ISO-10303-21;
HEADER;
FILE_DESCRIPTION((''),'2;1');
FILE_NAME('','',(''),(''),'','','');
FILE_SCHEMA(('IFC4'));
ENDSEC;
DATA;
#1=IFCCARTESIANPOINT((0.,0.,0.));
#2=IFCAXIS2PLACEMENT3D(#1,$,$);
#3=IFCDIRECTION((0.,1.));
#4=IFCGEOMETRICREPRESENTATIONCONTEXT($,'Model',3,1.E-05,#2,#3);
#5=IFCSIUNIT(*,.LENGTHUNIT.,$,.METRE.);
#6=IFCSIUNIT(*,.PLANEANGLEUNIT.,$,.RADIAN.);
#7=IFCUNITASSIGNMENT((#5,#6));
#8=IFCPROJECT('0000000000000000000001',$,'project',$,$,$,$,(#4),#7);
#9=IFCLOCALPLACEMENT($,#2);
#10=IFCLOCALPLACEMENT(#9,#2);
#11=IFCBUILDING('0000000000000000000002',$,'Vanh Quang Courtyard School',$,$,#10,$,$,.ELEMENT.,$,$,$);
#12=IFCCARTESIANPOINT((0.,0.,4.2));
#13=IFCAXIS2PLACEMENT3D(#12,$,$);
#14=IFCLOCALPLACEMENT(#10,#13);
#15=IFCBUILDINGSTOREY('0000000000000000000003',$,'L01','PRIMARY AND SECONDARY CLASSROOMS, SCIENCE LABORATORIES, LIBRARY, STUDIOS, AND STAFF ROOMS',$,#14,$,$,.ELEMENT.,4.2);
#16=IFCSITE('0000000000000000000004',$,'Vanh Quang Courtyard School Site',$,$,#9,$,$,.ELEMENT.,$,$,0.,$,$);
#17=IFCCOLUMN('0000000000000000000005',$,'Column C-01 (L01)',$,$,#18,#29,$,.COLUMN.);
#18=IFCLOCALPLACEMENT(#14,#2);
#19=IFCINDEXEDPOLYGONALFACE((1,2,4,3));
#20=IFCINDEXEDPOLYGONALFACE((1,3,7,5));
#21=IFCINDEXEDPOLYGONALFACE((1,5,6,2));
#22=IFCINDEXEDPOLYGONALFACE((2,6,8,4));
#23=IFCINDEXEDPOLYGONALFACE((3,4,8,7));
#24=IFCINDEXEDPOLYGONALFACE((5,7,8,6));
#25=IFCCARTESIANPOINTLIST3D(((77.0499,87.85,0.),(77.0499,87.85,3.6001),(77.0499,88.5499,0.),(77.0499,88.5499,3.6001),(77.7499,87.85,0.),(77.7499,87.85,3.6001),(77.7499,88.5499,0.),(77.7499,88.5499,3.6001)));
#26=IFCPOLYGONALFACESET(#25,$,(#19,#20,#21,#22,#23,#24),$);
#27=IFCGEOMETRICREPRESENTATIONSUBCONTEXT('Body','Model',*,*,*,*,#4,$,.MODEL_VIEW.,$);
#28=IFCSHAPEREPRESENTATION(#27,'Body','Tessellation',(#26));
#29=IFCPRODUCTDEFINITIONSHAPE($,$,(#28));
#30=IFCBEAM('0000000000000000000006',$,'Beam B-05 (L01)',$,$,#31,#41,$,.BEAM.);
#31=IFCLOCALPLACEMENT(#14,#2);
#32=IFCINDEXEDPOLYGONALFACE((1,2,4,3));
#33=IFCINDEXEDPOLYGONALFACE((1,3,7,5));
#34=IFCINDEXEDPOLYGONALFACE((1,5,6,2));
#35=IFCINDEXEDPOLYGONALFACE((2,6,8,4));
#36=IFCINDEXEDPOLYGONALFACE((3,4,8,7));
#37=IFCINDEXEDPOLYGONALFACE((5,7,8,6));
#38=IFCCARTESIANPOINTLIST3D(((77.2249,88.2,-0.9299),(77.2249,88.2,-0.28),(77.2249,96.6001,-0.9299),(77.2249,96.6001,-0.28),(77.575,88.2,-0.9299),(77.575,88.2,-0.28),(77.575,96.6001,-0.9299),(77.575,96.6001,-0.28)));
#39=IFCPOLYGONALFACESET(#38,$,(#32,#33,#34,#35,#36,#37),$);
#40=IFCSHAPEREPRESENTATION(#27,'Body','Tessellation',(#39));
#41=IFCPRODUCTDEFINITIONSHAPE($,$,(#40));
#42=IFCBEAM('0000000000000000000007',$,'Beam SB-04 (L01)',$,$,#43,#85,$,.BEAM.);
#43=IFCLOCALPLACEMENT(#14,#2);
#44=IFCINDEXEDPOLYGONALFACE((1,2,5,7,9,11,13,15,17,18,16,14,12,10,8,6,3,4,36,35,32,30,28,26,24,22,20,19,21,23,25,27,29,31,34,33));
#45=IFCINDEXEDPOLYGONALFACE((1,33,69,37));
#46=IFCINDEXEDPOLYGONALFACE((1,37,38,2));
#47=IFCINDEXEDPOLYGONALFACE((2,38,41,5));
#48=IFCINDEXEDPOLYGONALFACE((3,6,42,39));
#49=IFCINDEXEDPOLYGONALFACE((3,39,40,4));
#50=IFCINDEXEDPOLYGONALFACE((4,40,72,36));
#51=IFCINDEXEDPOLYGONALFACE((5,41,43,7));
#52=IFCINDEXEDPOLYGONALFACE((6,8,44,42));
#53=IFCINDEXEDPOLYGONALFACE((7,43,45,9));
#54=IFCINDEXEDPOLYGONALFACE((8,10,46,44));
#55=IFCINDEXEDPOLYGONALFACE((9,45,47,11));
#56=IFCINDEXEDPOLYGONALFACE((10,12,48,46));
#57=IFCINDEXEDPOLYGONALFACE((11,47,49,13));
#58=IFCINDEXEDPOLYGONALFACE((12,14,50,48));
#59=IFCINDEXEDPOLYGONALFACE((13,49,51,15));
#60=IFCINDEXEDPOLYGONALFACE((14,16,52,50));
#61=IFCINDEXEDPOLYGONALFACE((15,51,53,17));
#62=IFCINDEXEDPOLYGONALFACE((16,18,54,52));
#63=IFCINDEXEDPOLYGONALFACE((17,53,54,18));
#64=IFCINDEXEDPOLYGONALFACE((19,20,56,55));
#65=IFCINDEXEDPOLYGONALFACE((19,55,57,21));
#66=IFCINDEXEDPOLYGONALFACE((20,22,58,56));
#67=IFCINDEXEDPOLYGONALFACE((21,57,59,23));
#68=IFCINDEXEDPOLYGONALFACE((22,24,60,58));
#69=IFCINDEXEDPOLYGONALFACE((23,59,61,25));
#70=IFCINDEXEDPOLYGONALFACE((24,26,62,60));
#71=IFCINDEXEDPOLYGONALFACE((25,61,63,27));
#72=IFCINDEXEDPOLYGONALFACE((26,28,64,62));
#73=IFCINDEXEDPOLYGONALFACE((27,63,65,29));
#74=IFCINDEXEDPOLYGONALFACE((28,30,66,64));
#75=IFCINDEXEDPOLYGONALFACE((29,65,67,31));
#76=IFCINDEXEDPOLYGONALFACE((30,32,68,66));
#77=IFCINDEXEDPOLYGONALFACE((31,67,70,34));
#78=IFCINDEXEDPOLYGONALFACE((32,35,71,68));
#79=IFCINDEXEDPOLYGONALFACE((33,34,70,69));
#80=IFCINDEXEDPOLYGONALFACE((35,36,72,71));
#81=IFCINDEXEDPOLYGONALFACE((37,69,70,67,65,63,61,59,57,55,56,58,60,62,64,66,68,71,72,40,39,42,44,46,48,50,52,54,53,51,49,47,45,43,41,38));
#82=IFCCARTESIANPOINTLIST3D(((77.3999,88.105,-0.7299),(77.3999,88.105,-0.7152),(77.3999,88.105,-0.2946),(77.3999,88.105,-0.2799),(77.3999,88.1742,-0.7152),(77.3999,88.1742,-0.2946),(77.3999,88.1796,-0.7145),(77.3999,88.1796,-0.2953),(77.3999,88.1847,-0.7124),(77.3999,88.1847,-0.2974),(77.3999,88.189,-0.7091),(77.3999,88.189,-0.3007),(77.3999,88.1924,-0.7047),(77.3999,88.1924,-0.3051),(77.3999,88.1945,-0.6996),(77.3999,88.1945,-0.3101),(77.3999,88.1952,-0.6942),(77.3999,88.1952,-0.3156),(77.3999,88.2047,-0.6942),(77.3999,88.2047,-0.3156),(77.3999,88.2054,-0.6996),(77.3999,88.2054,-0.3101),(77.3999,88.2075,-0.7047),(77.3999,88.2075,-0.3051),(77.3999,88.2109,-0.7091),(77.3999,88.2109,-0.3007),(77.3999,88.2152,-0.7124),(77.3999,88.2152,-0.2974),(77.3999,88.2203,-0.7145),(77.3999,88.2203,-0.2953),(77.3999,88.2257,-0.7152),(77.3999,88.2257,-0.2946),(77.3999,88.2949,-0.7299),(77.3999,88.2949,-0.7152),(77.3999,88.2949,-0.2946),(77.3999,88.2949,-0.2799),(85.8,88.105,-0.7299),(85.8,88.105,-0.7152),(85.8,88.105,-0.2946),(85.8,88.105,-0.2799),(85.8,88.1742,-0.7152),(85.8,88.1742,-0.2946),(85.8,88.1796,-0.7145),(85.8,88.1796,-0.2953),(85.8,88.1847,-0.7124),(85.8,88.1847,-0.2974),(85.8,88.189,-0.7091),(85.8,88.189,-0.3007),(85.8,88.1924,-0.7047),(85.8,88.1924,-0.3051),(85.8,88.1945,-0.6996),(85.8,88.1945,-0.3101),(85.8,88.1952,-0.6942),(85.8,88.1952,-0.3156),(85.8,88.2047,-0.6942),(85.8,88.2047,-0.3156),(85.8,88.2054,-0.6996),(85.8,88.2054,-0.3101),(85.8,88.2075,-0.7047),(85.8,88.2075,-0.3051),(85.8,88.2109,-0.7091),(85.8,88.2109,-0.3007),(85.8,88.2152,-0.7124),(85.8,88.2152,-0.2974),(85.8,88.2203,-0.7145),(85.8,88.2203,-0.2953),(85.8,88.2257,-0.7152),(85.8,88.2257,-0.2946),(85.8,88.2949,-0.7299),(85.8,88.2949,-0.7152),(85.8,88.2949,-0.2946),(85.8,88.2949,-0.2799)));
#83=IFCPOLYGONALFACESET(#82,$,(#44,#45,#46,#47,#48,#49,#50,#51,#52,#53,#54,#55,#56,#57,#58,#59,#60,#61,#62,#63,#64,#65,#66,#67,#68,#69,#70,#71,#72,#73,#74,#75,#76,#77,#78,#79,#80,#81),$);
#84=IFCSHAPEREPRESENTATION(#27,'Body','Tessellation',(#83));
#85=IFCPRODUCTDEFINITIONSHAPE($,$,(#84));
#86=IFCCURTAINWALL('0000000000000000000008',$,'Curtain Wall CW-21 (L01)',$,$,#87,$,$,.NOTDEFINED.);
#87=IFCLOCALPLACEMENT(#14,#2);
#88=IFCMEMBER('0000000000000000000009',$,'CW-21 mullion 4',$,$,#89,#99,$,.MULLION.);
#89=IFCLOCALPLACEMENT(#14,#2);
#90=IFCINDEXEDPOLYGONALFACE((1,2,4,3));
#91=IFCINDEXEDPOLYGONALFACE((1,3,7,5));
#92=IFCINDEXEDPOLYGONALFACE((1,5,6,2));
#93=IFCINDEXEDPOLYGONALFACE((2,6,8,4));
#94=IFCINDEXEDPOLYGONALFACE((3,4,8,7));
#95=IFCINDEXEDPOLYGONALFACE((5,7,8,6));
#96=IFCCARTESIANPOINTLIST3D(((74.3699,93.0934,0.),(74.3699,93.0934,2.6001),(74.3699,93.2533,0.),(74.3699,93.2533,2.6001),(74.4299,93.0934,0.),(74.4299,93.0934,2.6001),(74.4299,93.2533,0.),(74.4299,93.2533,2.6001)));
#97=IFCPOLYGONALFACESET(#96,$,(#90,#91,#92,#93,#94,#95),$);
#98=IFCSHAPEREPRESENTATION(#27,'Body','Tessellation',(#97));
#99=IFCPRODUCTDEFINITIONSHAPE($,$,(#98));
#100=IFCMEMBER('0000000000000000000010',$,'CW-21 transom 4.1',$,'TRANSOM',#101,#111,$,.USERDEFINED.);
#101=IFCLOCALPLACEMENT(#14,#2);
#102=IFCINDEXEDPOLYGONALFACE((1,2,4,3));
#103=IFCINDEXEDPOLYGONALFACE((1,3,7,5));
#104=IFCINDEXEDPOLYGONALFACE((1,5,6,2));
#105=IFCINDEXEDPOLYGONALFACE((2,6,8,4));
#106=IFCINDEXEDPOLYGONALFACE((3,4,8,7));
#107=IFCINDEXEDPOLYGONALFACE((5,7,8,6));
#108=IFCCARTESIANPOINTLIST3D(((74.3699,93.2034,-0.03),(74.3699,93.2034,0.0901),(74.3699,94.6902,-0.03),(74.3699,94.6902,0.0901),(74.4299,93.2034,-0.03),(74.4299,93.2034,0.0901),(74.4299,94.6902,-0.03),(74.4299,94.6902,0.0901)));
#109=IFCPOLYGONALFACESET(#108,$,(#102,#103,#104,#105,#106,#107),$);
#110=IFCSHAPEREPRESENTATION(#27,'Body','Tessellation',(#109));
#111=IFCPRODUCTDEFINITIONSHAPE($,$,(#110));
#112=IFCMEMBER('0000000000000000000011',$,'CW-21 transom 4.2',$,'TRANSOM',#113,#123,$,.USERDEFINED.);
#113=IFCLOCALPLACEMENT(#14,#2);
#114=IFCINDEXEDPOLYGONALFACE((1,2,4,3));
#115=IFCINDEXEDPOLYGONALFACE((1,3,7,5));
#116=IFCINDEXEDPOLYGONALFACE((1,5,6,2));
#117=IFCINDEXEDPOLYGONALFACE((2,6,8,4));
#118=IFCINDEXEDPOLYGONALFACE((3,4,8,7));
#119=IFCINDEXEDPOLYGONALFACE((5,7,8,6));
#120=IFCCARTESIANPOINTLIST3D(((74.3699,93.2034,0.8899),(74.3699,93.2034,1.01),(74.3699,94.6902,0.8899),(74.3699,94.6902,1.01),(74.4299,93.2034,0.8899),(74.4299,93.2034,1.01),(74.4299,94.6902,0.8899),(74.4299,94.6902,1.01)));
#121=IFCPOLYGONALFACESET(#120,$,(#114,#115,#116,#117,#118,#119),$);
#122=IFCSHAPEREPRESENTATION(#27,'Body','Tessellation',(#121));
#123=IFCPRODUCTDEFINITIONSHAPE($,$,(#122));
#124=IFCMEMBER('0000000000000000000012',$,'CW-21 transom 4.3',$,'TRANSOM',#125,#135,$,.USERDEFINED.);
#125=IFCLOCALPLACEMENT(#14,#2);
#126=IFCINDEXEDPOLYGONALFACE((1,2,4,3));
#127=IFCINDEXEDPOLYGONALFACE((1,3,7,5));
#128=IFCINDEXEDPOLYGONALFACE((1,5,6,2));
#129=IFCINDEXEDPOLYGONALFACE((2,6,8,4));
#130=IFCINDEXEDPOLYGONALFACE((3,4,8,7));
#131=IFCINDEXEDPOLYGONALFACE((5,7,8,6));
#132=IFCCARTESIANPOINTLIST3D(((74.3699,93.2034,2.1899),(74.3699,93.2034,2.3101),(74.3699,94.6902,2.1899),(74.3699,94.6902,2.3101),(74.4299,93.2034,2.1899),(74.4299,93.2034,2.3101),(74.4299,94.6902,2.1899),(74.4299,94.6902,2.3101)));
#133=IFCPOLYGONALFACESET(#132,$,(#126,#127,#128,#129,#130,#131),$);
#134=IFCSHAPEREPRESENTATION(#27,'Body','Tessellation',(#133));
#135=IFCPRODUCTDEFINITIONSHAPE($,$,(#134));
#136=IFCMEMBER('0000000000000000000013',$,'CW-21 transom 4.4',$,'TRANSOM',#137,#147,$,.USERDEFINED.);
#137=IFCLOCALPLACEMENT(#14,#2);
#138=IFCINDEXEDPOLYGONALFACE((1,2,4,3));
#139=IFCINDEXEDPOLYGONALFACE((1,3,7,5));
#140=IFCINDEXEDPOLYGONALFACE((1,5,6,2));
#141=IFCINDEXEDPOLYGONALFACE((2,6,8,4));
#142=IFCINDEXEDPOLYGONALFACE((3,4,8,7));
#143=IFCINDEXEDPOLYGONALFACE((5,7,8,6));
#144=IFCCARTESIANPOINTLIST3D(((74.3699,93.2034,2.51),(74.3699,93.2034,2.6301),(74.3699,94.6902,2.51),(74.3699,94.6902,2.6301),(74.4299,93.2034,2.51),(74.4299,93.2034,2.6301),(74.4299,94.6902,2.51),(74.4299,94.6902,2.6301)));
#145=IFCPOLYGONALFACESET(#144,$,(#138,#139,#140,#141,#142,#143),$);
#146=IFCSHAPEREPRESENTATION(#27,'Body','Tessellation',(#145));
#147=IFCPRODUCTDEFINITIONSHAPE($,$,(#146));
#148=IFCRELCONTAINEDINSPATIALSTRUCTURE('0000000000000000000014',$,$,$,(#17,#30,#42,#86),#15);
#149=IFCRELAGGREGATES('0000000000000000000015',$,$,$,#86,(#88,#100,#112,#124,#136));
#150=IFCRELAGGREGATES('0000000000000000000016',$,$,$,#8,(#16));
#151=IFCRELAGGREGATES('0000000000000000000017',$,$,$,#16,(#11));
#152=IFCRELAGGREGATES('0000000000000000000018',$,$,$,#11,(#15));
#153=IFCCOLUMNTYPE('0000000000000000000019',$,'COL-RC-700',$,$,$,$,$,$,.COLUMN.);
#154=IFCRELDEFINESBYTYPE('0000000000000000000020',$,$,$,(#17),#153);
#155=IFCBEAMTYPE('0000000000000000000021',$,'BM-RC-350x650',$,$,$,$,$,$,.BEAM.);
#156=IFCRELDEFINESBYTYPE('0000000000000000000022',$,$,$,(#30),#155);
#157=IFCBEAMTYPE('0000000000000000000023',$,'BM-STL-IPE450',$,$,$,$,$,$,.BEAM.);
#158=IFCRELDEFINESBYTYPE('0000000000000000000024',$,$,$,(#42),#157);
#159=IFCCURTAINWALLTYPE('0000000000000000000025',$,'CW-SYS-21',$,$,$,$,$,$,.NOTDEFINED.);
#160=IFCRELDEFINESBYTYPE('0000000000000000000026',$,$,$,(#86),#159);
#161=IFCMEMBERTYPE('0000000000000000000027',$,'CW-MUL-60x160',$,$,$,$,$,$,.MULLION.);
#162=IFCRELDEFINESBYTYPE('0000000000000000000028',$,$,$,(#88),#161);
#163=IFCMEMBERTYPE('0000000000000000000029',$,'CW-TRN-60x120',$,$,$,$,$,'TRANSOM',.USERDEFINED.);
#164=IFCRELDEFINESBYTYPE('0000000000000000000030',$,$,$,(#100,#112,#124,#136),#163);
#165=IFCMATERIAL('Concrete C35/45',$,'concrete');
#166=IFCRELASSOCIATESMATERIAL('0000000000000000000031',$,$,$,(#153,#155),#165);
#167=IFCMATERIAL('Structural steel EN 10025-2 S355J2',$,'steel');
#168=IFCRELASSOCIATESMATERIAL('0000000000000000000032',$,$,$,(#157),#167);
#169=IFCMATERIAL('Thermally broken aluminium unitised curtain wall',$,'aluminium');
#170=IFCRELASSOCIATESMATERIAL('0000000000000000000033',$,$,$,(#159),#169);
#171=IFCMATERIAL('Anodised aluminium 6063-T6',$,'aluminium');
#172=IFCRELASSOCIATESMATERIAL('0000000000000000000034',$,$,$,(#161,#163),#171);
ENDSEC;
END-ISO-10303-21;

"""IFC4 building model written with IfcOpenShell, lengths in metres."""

from ifc_helpers import new_model, si_unit, direction, frame, origin, origin_2d, place, context, subcontext, project, spatial, rectangle, i_section, extrude, material, material_profile, profile_set, type_object, element, aggregate, save


model = new_model("IFC4")

# Units and contexts
model_context = context("Model", 3, precision=1e-05, world=origin(), true_north=direction((0.0, 1.0)))
body_context = subcontext(model_context, "Body", "Model", "MODEL_VIEW")
ifc_project = project(units=[si_unit("LENGTHUNIT", "METRE"), si_unit("PLANEANGLEUNIT", "RADIAN")], contexts=[model_context])

# Site, building, storey
site_placement = place(None, origin())
site = spatial("IfcSite", under=ifc_project, at=site_placement, Name="Vanh Quang Courtyard School Site", CompositionType="ELEMENT", RefElevation=0.0)
building_placement = place(site_placement, origin())
building = spatial("IfcBuilding", under=site, at=building_placement, Name="Vanh Quang Courtyard School", CompositionType="ELEMENT")
storey_placement = place(building_placement, frame((0.0, 0.0, 4.2)))
storey = spatial("IfcBuildingStorey", under=building, at=storey_placement, Name="L01", Description="PRIMARY AND SECONDARY CLASSROOMS, SCIENCE LABORATORIES, LIBRARY, STUDIOS, AND STAFF ROOMS", CompositionType="ELEMENT", Elevation=4.2)

# Column
ifc_material_1 = material(Name="Concrete C35/45", Category="concrete")
ifc_material_profile_1 = material_profile(ifc_material_1, rectangle(XDim=0.7, YDim=0.7, at=origin_2d()), Name="RC-COL 700x700")
ifc_profile_set_1 = profile_set([ifc_material_profile_1], Name="Concrete C35/45")
column_type = type_object("IfcColumnType", Name="COL-RC-700", PredefinedType="COLUMN", material=ifc_profile_set_1)
column_placement = place(storey_placement, frame((77.3999, 88.2, 0.0), z_axis=(0.0, 0.0, 1.0), x_axis=(1.0, 0.0, 0.0)))
element("IfcColumn", 1, at=column_placement, inside=storey, type_object=column_type, Name="Column C-01 (L01)", PredefinedType="COLUMN", context=body_context, shape_type="SweptSolid", body=[
    extrude(rectangle(XDim=0.7, YDim=0.7, at=origin_2d()), origin(), (0.0, 0.0, 1.0), 3.6001),
])

# Beams
ifc_material_profile_2 = material_profile(ifc_material_1, rectangle(XDim=0.3501, YDim=0.6499, at=origin_2d()), Name="RC-BM 350x650")
ifc_profile_set_2 = profile_set([ifc_material_profile_2], Name="Concrete C35/45")
beam_type_1 = type_object("IfcBeamType", Name="BM-RC-350x650", PredefinedType="BEAM", material=ifc_profile_set_2)
beam_1_placement = place(storey_placement, frame((77.3999, 88.2, -0.605), z_axis=(0.0, 1.0, 0.0), x_axis=(-1.0, 0.0, 0.0)))
element("IfcBeam", 2, at=beam_1_placement, inside=storey, type_object=beam_type_1, Name="Beam B-05 (L01)", PredefinedType="BEAM", context=body_context, shape_type="SweptSolid", body=[
    extrude(rectangle(XDim=0.3501, YDim=0.6499, at=origin_2d()), origin(), (0.0, 0.0, 1.0), 8.4001),
])
ifc_material_2 = material(Name="Structural steel EN 10025-2 S355J2", Category="steel")
ifc_material_profile_3 = material_profile(ifc_material_2, i_section(OverallWidth=0.1899, OverallDepth=0.45, WebThickness=0.0095, FlangeThickness=0.0146, FilletRadius=0.021, at=origin_2d()), Name="IPE 450")
ifc_profile_set_3 = profile_set([ifc_material_profile_3], Name="Structural steel EN 10025-2 S355J2")
beam_type_2 = type_object("IfcBeamType", Name="BM-STL-IPE450", PredefinedType="BEAM", material=ifc_profile_set_3)
beam_2_placement = place(storey_placement, frame((77.3999, 88.2, -0.5049), z_axis=(1.0, 0.0, 0.0), x_axis=(0.0, 1.0, 0.0)))
element("IfcBeam", 3, at=beam_2_placement, inside=storey, type_object=beam_type_2, Name="Beam SB-04 (L01)", PredefinedType="BEAM", context=body_context, shape_type="SweptSolid", body=[
    extrude(i_section(OverallWidth=0.1899, OverallDepth=0.45, WebThickness=0.0095, FlangeThickness=0.0146, FilletRadius=0.021, at=origin_2d()), origin(), (0.0, 0.0, 1.0), 8.4001),
])

# Curtain wall, members
ifc_material_3 = material(Name="Thermally broken aluminium unitised curtain wall", Category="aluminium")
curtain_wall_type = type_object("IfcCurtainWallType", Name="CW-SYS-21", PredefinedType="NOTDEFINED", material=ifc_material_3)
curtain_wall_placement = place(storey_placement, origin())
curtain_wall = element("IfcCurtainWall", 4, at=curtain_wall_placement, inside=storey, type_object=curtain_wall_type, Name="Curtain Wall CW-21 (L01)", PredefinedType="NOTDEFINED")
ifc_material_4 = material(Name="Anodised aluminium 6063-T6", Category="aluminium")
ifc_material_profile_4 = material_profile(ifc_material_4, rectangle(XDim=0.0601, YDim=0.1599, at=origin_2d()), Name="ALU-MUL 60x160")
ifc_profile_set_4 = profile_set([ifc_material_profile_4], Name="Anodised aluminium 6063-T6")
member_type_1 = type_object("IfcMemberType", Name="CW-MUL-60x160", PredefinedType="MULLION", material=ifc_profile_set_4)
member_1_placement = place(storey_placement, frame((74.3999, 93.1733, 0.0), z_axis=(0.0, 0.0, 1.0), x_axis=(-1.0, 0.0, 0.0)))
member_1 = element("IfcMember", 5, at=member_1_placement, type_object=member_type_1, Name="CW-21 mullion 4", PredefinedType="MULLION", context=body_context, shape_type="SweptSolid", body=[
    extrude(rectangle(XDim=0.0601, YDim=0.1599, at=origin_2d()), origin(), (0.0, 0.0, 1.0), 2.6001),
])
ifc_material_profile_5 = material_profile(ifc_material_4, rectangle(XDim=0.0601, YDim=0.1201, at=origin_2d()), Name="ALU-TRN 60x120")
ifc_profile_set_5 = profile_set([ifc_material_profile_5], Name="Anodised aluminium 6063-T6")
member_type_2 = type_object("IfcMemberType", Name="CW-TRN-60x120", ElementType="TRANSOM", PredefinedType="USERDEFINED", material=ifc_profile_set_5)
member_2_placement = place(storey_placement, frame((74.3999, 93.2034, 0.03), z_axis=(0.0, 1.0, 0.0), x_axis=(-1.0, 0.0, 0.0)))
member_2 = element("IfcMember", 6, at=member_2_placement, type_object=member_type_2, Name="CW-21 transom 4.1", ObjectType="TRANSOM", PredefinedType="USERDEFINED", context=body_context, shape_type="SweptSolid", body=[
    extrude(rectangle(XDim=0.0601, YDim=0.1201, at=origin_2d()), origin(), (0.0, 0.0, 1.0), 1.4868),
])
member_3_placement = place(storey_placement, frame((74.3999, 93.2034, 0.95), z_axis=(0.0, 1.0, 0.0), x_axis=(-1.0, 0.0, 0.0)))
member_3 = element("IfcMember", 7, at=member_3_placement, type_object=member_type_2, Name="CW-21 transom 4.2", ObjectType="TRANSOM", PredefinedType="USERDEFINED", context=body_context, shape_type="SweptSolid", body=[
    extrude(rectangle(XDim=0.0601, YDim=0.1201, at=origin_2d()), origin(), (0.0, 0.0, 1.0), 1.4868),
])
member_4_placement = place(storey_placement, frame((74.3999, 93.2034, 2.25), z_axis=(0.0, 1.0, 0.0), x_axis=(-1.0, 0.0, 0.0)))
member_4 = element("IfcMember", 8, at=member_4_placement, type_object=member_type_2, Name="CW-21 transom 4.3", ObjectType="TRANSOM", PredefinedType="USERDEFINED", context=body_context, shape_type="SweptSolid", body=[
    extrude(rectangle(XDim=0.0601, YDim=0.1201, at=origin_2d()), origin(), (0.0, 0.0, 1.0), 1.4868),
])
member_5_placement = place(storey_placement, frame((74.3999, 93.2034, 2.5701), z_axis=(0.0, 1.0, 0.0), x_axis=(-1.0, 0.0, 0.0)))
member_5 = element("IfcMember", 9, at=member_5_placement, type_object=member_type_2, Name="CW-21 transom 4.4", ObjectType="TRANSOM", PredefinedType="USERDEFINED", context=body_context, shape_type="SweptSolid", body=[
    extrude(rectangle(XDim=0.0601, YDim=0.1201, at=origin_2d()), origin(), (0.0, 0.0, 1.0), 1.4868),
])

aggregate(curtain_wall, [member_1, member_2, member_3, member_4, member_5])

save(model, "model.ifc")
